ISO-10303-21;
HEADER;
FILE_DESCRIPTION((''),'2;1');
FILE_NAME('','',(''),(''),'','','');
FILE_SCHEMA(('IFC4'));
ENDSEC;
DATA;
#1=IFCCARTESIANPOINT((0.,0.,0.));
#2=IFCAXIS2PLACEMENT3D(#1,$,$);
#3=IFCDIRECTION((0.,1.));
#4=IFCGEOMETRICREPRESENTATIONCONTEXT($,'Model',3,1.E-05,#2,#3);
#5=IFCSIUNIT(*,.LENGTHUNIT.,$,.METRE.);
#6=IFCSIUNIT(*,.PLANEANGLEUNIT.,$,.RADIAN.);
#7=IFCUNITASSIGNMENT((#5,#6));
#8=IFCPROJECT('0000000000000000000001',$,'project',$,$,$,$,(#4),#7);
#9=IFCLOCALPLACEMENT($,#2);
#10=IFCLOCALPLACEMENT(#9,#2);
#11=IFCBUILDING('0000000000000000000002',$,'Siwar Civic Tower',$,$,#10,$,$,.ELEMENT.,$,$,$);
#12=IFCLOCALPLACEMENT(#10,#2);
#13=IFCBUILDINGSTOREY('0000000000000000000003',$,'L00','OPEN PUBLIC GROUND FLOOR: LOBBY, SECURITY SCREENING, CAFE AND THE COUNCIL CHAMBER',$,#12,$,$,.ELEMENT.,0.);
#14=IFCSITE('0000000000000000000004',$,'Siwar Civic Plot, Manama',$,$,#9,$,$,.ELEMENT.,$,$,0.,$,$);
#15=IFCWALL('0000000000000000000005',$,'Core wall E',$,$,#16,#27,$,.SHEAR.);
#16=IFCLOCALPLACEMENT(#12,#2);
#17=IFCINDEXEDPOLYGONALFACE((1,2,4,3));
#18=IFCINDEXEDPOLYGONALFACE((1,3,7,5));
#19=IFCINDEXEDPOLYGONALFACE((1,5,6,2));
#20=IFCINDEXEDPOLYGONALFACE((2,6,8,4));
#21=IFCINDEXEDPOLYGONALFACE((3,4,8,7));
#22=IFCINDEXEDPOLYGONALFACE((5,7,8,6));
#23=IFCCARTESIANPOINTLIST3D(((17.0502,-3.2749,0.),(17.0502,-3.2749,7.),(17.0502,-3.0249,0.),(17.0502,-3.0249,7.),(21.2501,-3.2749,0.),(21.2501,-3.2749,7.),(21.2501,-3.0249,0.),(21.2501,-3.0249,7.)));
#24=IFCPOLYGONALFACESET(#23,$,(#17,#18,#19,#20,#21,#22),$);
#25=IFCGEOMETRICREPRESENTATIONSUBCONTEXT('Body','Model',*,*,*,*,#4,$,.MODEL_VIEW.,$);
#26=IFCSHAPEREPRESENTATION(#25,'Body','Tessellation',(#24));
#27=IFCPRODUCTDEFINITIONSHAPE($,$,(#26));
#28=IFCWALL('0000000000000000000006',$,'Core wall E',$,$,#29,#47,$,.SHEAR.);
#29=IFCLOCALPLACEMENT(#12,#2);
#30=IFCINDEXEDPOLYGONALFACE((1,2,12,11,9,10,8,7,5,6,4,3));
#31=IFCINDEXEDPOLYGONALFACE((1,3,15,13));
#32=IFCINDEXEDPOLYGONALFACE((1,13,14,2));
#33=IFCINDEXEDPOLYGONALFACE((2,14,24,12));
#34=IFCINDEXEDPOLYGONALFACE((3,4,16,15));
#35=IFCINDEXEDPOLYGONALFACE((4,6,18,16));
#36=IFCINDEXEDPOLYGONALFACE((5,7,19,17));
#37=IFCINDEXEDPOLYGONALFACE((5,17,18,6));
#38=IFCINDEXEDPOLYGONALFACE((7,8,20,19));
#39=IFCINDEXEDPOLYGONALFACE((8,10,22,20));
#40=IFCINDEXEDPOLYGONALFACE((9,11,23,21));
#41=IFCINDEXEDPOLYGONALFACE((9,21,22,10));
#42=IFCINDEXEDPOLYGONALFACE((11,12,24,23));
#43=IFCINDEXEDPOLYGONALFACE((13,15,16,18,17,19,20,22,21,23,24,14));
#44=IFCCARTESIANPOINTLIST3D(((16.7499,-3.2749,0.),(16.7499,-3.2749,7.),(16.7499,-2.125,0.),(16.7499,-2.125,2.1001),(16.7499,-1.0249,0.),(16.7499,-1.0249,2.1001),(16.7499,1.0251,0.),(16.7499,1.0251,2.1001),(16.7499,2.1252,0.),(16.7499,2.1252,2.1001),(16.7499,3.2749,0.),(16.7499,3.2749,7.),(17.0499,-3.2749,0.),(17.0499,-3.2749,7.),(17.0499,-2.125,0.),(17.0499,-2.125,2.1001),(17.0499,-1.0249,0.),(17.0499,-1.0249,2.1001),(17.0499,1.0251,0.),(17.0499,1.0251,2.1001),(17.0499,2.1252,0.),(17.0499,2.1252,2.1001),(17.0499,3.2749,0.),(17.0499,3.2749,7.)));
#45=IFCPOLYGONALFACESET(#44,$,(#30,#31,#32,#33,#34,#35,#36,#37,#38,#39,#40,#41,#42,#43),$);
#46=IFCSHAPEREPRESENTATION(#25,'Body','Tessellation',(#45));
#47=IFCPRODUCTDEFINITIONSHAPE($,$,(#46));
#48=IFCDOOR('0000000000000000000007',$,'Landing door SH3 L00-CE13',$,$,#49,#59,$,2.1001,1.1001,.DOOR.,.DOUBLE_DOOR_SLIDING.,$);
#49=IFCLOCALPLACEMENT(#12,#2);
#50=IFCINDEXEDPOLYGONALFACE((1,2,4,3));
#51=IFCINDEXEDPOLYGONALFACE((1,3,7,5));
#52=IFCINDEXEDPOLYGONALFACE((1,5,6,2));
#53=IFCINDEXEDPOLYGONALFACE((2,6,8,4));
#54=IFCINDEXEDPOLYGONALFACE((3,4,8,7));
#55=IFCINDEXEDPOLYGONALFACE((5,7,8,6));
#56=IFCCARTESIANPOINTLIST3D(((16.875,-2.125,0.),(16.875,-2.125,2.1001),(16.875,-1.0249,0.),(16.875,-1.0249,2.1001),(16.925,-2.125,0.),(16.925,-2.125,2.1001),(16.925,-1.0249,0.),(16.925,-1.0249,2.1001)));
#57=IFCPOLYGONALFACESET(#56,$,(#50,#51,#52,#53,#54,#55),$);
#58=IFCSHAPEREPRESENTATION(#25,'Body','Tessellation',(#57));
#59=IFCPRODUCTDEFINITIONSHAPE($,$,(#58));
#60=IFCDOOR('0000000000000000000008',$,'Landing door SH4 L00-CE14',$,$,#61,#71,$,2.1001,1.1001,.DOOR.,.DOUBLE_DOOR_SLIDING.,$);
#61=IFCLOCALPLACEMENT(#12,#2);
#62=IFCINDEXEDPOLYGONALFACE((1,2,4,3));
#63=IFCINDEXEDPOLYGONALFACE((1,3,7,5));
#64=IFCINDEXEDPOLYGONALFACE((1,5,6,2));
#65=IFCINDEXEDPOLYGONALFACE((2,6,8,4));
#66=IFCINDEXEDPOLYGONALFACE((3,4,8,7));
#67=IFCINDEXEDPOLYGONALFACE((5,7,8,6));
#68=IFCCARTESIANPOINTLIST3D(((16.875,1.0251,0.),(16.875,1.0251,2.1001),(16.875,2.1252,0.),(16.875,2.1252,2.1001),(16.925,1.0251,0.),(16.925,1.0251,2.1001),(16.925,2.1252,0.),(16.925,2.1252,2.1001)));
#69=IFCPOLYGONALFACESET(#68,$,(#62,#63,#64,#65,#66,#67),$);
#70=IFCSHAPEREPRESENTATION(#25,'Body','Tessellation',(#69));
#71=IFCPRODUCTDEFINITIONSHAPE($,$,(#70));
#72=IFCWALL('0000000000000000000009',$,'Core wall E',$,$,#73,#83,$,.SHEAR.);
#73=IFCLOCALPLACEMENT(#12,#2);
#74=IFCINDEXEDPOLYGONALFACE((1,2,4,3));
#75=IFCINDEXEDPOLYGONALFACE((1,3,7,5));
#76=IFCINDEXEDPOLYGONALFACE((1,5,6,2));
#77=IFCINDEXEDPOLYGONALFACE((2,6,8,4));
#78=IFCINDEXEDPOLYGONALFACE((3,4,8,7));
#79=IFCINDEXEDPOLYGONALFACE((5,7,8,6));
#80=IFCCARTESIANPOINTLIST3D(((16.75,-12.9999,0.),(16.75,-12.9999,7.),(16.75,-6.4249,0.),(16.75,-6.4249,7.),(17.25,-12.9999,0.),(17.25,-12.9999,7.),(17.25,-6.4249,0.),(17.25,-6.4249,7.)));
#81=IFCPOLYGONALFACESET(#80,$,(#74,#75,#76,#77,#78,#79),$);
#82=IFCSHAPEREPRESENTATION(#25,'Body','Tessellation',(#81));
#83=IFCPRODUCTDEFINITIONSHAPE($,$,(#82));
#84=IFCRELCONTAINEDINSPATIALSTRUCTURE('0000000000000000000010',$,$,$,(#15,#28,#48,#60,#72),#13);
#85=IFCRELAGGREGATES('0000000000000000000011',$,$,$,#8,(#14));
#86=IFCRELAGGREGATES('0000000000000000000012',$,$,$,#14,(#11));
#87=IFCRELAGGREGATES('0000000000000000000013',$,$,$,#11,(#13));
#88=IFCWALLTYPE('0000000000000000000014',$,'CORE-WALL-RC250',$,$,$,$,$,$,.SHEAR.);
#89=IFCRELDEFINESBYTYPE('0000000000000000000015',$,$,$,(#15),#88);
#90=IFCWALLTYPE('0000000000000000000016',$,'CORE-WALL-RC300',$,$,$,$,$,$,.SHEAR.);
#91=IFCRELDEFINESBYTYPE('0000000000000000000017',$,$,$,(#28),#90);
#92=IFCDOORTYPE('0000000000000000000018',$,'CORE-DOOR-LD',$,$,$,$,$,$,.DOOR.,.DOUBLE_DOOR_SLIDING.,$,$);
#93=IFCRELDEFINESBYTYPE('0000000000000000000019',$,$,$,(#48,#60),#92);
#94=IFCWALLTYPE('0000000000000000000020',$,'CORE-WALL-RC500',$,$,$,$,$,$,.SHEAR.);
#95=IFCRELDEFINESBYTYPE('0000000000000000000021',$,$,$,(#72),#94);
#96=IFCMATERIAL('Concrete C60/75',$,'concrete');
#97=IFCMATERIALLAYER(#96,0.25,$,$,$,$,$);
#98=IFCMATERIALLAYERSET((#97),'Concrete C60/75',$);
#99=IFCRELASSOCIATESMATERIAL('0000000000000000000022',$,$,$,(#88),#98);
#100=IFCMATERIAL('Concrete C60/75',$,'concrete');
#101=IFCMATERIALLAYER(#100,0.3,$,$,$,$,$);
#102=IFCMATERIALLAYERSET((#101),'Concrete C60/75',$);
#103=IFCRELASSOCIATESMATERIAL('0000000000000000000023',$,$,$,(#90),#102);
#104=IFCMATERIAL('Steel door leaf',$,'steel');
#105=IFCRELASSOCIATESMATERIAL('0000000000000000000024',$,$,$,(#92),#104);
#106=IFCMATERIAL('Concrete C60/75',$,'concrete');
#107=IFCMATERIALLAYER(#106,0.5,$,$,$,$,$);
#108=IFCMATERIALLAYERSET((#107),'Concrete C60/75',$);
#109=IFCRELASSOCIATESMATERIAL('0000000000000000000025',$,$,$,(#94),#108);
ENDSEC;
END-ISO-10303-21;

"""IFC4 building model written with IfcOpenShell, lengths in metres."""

from ifc_helpers import new_model, si_unit, direction, frame, frame_2d, origin, place, context, subcontext, project, spatial, rectangle, extrude, material, layer, layer_set, type_object, element, fill, save


model = new_model("IFC4")

# Units and contexts
model_context = context("Model", 3, precision=1e-05, world=origin(), true_north=direction((0.0, 1.0)))
body_context = subcontext(model_context, "Body", "Model", "MODEL_VIEW")
ifc_project = project(units=[si_unit("LENGTHUNIT", "METRE"), si_unit("PLANEANGLEUNIT", "RADIAN")], contexts=[model_context])

# Site, building, storey
site_placement = place(None, origin())
site = spatial("IfcSite", under=ifc_project, at=site_placement, Name="Siwar Civic Plot, Manama", CompositionType="ELEMENT", RefElevation=0.0)
building_placement = place(site_placement, origin())
building = spatial("IfcBuilding", under=site, at=building_placement, Name="Siwar Civic Tower", CompositionType="ELEMENT")
storey_placement = place(building_placement, origin())
storey = spatial("IfcBuildingStorey", under=building, at=storey_placement, Name="L00", Description="OPEN PUBLIC GROUND FLOOR: LOBBY, SECURITY SCREENING, CAFE AND THE COUNCIL CHAMBER", CompositionType="ELEMENT", Elevation=0.0)

# Wall
ifc_material_1 = material(Name="Concrete C60/75", Category="concrete")
ifc_layer_1 = layer(ifc_material_1, 0.25)
ifc_layer_set_1 = layer_set([ifc_layer_1], Name="Concrete C60/75")
wall_type_1 = type_object("IfcWallType", Name="CORE-WALL-RC250", PredefinedType="SHEAR", material=ifc_layer_set_1)
wall_1_placement = place(storey_placement, frame((17.05, -3.1499, 0.0), z_axis=(0.0, 0.0, 1.0), x_axis=(1.0, 0.0, 0.0)))
element("IfcWall", 1, at=wall_1_placement, inside=storey, type_object=wall_type_1, Name="Core wall E", PredefinedType="SHEAR", context=body_context, shape_type="SweptSolid", body=[
    extrude(rectangle(XDim=4.2, YDim=0.25, at=frame_2d((2.1001, 0.0))), origin(), (0.0, 0.0, 1.0), 7.0),
])

# Wall, openings, doors
ifc_material_2 = material(Name="Concrete C60/75", Category="concrete")
ifc_layer_2 = layer(ifc_material_2, 0.3)
ifc_layer_set_2 = layer_set([ifc_layer_2], Name="Concrete C60/75")
wall_type_2 = type_object("IfcWallType", Name="CORE-WALL-RC300", PredefinedType="SHEAR", material=ifc_layer_set_2)
wall_2_placement = place(storey_placement, frame((16.8999, -3.2749, 0.0), z_axis=(0.0, 0.0, 1.0), x_axis=(0.0, 1.0, 0.0)))
wall_2 = element("IfcWall", 2, at=wall_2_placement, inside=storey, type_object=wall_type_2, Name="Core wall E", PredefinedType="SHEAR", context=body_context, shape_type="SweptSolid", body=[
    extrude(rectangle(XDim=6.5498, YDim=0.3, at=frame_2d((3.2749, 0.0))), origin(), (0.0, 0.0, 1.0), 7.0),
])
opening_1_placement = place(wall_2_placement, frame((1.1499, 0.0, 0.0)))
opening_1 = element("IfcOpeningElement", 3, at=opening_1_placement, cuts=wall_2, PredefinedType="OPENING", context=body_context, shape_type="SweptSolid", body=[
    extrude(rectangle(XDim=1.1001, YDim=2.1001, at=frame_2d((0.55, 1.05))), frame((0.0, 0.1602, 0.0), z_axis=(0.0, -1.0, 0.0), x_axis=(1.0, 0.0, 0.0)), (0.0, 0.0, 1.0), 0.3201),
])
opening_2_placement = place(wall_2_placement, frame((4.3, 0.0, 0.0)))
opening_2 = element("IfcOpeningElement", 4, at=opening_2_placement, cuts=wall_2, PredefinedType="OPENING", context=body_context, shape_type="SweptSolid", body=[
    extrude(rectangle(XDim=1.1001, YDim=2.1001, at=frame_2d((0.55, 1.05))), frame((0.0, 0.1602, 0.0), z_axis=(0.0, -1.0, 0.0), x_axis=(1.0, 0.0, 0.0)), (0.0, 0.0, 1.0), 0.3201),
])
ifc_material_3 = material(Name="Steel door leaf", Category="steel")
door_type_1 = type_object("IfcDoorType", Name="CORE-DOOR-LD", OperationType="DOUBLE_DOOR_SLIDING", PredefinedType="DOOR", material=ifc_material_3)
door_1_placement = place(opening_1_placement, origin())
door_1 = element("IfcDoor", 5, at=door_1_placement, inside=storey, type_object=door_type_1, Name="Landing door SH3 L00-CE13", OperationType="DOUBLE_DOOR_SLIDING", OverallHeight=2.1001, OverallWidth=1.1001, PredefinedType="DOOR", context=body_context, shape_type="SweptSolid", body=[
    extrude(rectangle(XDim=1.1001, YDim=2.1001, at=frame_2d((0.55, 1.05))), frame((0.0, 0.0249, 0.0), z_axis=(0.0, -1.0, 0.0), x_axis=(1.0, 0.0, 0.0)), (0.0, 0.0, 1.0), 0.05),
])
fill(opening_1, door_1)
door_2_placement = place(opening_2_placement, origin())
door_2 = element("IfcDoor", 6, at=door_2_placement, inside=storey, type_object=door_type_1, Name="Landing door SH4 L00-CE14", OperationType="DOUBLE_DOOR_SLIDING", OverallHeight=2.1001, OverallWidth=1.1001, PredefinedType="DOOR", context=body_context, shape_type="SweptSolid", body=[
    extrude(rectangle(XDim=1.1001, YDim=2.1001, at=frame_2d((0.55, 1.05))), frame((0.0, 0.0249, 0.0), z_axis=(0.0, -1.0, 0.0), x_axis=(1.0, 0.0, 0.0)), (0.0, 0.0, 1.0), 0.05),
])
fill(opening_2, door_2)

# Wall
ifc_material_4 = material(Name="Concrete C60/75", Category="concrete")
ifc_layer_3 = layer(ifc_material_4, 0.5)
ifc_layer_set_3 = layer_set([ifc_layer_3], Name="Concrete C60/75")
wall_type_3 = type_object("IfcWallType", Name="CORE-WALL-RC500", PredefinedType="SHEAR", material=ifc_layer_set_3)
wall_3_placement = place(storey_placement, frame((17.0, -13.0, 0.0), z_axis=(0.0, 0.0, 1.0), x_axis=(0.0, 1.0, 0.0)))
element("IfcWall", 7, at=wall_3_placement, inside=storey, type_object=wall_type_3, Name="Core wall E", PredefinedType="SHEAR", context=body_context, shape_type="SweptSolid", body=[
    extrude(rectangle(XDim=6.575, YDim=0.5, at=frame_2d((3.2876, 0.0))), origin(), (0.0, 0.0, 1.0), 7.0),
])

save(model, "model.ifc")
